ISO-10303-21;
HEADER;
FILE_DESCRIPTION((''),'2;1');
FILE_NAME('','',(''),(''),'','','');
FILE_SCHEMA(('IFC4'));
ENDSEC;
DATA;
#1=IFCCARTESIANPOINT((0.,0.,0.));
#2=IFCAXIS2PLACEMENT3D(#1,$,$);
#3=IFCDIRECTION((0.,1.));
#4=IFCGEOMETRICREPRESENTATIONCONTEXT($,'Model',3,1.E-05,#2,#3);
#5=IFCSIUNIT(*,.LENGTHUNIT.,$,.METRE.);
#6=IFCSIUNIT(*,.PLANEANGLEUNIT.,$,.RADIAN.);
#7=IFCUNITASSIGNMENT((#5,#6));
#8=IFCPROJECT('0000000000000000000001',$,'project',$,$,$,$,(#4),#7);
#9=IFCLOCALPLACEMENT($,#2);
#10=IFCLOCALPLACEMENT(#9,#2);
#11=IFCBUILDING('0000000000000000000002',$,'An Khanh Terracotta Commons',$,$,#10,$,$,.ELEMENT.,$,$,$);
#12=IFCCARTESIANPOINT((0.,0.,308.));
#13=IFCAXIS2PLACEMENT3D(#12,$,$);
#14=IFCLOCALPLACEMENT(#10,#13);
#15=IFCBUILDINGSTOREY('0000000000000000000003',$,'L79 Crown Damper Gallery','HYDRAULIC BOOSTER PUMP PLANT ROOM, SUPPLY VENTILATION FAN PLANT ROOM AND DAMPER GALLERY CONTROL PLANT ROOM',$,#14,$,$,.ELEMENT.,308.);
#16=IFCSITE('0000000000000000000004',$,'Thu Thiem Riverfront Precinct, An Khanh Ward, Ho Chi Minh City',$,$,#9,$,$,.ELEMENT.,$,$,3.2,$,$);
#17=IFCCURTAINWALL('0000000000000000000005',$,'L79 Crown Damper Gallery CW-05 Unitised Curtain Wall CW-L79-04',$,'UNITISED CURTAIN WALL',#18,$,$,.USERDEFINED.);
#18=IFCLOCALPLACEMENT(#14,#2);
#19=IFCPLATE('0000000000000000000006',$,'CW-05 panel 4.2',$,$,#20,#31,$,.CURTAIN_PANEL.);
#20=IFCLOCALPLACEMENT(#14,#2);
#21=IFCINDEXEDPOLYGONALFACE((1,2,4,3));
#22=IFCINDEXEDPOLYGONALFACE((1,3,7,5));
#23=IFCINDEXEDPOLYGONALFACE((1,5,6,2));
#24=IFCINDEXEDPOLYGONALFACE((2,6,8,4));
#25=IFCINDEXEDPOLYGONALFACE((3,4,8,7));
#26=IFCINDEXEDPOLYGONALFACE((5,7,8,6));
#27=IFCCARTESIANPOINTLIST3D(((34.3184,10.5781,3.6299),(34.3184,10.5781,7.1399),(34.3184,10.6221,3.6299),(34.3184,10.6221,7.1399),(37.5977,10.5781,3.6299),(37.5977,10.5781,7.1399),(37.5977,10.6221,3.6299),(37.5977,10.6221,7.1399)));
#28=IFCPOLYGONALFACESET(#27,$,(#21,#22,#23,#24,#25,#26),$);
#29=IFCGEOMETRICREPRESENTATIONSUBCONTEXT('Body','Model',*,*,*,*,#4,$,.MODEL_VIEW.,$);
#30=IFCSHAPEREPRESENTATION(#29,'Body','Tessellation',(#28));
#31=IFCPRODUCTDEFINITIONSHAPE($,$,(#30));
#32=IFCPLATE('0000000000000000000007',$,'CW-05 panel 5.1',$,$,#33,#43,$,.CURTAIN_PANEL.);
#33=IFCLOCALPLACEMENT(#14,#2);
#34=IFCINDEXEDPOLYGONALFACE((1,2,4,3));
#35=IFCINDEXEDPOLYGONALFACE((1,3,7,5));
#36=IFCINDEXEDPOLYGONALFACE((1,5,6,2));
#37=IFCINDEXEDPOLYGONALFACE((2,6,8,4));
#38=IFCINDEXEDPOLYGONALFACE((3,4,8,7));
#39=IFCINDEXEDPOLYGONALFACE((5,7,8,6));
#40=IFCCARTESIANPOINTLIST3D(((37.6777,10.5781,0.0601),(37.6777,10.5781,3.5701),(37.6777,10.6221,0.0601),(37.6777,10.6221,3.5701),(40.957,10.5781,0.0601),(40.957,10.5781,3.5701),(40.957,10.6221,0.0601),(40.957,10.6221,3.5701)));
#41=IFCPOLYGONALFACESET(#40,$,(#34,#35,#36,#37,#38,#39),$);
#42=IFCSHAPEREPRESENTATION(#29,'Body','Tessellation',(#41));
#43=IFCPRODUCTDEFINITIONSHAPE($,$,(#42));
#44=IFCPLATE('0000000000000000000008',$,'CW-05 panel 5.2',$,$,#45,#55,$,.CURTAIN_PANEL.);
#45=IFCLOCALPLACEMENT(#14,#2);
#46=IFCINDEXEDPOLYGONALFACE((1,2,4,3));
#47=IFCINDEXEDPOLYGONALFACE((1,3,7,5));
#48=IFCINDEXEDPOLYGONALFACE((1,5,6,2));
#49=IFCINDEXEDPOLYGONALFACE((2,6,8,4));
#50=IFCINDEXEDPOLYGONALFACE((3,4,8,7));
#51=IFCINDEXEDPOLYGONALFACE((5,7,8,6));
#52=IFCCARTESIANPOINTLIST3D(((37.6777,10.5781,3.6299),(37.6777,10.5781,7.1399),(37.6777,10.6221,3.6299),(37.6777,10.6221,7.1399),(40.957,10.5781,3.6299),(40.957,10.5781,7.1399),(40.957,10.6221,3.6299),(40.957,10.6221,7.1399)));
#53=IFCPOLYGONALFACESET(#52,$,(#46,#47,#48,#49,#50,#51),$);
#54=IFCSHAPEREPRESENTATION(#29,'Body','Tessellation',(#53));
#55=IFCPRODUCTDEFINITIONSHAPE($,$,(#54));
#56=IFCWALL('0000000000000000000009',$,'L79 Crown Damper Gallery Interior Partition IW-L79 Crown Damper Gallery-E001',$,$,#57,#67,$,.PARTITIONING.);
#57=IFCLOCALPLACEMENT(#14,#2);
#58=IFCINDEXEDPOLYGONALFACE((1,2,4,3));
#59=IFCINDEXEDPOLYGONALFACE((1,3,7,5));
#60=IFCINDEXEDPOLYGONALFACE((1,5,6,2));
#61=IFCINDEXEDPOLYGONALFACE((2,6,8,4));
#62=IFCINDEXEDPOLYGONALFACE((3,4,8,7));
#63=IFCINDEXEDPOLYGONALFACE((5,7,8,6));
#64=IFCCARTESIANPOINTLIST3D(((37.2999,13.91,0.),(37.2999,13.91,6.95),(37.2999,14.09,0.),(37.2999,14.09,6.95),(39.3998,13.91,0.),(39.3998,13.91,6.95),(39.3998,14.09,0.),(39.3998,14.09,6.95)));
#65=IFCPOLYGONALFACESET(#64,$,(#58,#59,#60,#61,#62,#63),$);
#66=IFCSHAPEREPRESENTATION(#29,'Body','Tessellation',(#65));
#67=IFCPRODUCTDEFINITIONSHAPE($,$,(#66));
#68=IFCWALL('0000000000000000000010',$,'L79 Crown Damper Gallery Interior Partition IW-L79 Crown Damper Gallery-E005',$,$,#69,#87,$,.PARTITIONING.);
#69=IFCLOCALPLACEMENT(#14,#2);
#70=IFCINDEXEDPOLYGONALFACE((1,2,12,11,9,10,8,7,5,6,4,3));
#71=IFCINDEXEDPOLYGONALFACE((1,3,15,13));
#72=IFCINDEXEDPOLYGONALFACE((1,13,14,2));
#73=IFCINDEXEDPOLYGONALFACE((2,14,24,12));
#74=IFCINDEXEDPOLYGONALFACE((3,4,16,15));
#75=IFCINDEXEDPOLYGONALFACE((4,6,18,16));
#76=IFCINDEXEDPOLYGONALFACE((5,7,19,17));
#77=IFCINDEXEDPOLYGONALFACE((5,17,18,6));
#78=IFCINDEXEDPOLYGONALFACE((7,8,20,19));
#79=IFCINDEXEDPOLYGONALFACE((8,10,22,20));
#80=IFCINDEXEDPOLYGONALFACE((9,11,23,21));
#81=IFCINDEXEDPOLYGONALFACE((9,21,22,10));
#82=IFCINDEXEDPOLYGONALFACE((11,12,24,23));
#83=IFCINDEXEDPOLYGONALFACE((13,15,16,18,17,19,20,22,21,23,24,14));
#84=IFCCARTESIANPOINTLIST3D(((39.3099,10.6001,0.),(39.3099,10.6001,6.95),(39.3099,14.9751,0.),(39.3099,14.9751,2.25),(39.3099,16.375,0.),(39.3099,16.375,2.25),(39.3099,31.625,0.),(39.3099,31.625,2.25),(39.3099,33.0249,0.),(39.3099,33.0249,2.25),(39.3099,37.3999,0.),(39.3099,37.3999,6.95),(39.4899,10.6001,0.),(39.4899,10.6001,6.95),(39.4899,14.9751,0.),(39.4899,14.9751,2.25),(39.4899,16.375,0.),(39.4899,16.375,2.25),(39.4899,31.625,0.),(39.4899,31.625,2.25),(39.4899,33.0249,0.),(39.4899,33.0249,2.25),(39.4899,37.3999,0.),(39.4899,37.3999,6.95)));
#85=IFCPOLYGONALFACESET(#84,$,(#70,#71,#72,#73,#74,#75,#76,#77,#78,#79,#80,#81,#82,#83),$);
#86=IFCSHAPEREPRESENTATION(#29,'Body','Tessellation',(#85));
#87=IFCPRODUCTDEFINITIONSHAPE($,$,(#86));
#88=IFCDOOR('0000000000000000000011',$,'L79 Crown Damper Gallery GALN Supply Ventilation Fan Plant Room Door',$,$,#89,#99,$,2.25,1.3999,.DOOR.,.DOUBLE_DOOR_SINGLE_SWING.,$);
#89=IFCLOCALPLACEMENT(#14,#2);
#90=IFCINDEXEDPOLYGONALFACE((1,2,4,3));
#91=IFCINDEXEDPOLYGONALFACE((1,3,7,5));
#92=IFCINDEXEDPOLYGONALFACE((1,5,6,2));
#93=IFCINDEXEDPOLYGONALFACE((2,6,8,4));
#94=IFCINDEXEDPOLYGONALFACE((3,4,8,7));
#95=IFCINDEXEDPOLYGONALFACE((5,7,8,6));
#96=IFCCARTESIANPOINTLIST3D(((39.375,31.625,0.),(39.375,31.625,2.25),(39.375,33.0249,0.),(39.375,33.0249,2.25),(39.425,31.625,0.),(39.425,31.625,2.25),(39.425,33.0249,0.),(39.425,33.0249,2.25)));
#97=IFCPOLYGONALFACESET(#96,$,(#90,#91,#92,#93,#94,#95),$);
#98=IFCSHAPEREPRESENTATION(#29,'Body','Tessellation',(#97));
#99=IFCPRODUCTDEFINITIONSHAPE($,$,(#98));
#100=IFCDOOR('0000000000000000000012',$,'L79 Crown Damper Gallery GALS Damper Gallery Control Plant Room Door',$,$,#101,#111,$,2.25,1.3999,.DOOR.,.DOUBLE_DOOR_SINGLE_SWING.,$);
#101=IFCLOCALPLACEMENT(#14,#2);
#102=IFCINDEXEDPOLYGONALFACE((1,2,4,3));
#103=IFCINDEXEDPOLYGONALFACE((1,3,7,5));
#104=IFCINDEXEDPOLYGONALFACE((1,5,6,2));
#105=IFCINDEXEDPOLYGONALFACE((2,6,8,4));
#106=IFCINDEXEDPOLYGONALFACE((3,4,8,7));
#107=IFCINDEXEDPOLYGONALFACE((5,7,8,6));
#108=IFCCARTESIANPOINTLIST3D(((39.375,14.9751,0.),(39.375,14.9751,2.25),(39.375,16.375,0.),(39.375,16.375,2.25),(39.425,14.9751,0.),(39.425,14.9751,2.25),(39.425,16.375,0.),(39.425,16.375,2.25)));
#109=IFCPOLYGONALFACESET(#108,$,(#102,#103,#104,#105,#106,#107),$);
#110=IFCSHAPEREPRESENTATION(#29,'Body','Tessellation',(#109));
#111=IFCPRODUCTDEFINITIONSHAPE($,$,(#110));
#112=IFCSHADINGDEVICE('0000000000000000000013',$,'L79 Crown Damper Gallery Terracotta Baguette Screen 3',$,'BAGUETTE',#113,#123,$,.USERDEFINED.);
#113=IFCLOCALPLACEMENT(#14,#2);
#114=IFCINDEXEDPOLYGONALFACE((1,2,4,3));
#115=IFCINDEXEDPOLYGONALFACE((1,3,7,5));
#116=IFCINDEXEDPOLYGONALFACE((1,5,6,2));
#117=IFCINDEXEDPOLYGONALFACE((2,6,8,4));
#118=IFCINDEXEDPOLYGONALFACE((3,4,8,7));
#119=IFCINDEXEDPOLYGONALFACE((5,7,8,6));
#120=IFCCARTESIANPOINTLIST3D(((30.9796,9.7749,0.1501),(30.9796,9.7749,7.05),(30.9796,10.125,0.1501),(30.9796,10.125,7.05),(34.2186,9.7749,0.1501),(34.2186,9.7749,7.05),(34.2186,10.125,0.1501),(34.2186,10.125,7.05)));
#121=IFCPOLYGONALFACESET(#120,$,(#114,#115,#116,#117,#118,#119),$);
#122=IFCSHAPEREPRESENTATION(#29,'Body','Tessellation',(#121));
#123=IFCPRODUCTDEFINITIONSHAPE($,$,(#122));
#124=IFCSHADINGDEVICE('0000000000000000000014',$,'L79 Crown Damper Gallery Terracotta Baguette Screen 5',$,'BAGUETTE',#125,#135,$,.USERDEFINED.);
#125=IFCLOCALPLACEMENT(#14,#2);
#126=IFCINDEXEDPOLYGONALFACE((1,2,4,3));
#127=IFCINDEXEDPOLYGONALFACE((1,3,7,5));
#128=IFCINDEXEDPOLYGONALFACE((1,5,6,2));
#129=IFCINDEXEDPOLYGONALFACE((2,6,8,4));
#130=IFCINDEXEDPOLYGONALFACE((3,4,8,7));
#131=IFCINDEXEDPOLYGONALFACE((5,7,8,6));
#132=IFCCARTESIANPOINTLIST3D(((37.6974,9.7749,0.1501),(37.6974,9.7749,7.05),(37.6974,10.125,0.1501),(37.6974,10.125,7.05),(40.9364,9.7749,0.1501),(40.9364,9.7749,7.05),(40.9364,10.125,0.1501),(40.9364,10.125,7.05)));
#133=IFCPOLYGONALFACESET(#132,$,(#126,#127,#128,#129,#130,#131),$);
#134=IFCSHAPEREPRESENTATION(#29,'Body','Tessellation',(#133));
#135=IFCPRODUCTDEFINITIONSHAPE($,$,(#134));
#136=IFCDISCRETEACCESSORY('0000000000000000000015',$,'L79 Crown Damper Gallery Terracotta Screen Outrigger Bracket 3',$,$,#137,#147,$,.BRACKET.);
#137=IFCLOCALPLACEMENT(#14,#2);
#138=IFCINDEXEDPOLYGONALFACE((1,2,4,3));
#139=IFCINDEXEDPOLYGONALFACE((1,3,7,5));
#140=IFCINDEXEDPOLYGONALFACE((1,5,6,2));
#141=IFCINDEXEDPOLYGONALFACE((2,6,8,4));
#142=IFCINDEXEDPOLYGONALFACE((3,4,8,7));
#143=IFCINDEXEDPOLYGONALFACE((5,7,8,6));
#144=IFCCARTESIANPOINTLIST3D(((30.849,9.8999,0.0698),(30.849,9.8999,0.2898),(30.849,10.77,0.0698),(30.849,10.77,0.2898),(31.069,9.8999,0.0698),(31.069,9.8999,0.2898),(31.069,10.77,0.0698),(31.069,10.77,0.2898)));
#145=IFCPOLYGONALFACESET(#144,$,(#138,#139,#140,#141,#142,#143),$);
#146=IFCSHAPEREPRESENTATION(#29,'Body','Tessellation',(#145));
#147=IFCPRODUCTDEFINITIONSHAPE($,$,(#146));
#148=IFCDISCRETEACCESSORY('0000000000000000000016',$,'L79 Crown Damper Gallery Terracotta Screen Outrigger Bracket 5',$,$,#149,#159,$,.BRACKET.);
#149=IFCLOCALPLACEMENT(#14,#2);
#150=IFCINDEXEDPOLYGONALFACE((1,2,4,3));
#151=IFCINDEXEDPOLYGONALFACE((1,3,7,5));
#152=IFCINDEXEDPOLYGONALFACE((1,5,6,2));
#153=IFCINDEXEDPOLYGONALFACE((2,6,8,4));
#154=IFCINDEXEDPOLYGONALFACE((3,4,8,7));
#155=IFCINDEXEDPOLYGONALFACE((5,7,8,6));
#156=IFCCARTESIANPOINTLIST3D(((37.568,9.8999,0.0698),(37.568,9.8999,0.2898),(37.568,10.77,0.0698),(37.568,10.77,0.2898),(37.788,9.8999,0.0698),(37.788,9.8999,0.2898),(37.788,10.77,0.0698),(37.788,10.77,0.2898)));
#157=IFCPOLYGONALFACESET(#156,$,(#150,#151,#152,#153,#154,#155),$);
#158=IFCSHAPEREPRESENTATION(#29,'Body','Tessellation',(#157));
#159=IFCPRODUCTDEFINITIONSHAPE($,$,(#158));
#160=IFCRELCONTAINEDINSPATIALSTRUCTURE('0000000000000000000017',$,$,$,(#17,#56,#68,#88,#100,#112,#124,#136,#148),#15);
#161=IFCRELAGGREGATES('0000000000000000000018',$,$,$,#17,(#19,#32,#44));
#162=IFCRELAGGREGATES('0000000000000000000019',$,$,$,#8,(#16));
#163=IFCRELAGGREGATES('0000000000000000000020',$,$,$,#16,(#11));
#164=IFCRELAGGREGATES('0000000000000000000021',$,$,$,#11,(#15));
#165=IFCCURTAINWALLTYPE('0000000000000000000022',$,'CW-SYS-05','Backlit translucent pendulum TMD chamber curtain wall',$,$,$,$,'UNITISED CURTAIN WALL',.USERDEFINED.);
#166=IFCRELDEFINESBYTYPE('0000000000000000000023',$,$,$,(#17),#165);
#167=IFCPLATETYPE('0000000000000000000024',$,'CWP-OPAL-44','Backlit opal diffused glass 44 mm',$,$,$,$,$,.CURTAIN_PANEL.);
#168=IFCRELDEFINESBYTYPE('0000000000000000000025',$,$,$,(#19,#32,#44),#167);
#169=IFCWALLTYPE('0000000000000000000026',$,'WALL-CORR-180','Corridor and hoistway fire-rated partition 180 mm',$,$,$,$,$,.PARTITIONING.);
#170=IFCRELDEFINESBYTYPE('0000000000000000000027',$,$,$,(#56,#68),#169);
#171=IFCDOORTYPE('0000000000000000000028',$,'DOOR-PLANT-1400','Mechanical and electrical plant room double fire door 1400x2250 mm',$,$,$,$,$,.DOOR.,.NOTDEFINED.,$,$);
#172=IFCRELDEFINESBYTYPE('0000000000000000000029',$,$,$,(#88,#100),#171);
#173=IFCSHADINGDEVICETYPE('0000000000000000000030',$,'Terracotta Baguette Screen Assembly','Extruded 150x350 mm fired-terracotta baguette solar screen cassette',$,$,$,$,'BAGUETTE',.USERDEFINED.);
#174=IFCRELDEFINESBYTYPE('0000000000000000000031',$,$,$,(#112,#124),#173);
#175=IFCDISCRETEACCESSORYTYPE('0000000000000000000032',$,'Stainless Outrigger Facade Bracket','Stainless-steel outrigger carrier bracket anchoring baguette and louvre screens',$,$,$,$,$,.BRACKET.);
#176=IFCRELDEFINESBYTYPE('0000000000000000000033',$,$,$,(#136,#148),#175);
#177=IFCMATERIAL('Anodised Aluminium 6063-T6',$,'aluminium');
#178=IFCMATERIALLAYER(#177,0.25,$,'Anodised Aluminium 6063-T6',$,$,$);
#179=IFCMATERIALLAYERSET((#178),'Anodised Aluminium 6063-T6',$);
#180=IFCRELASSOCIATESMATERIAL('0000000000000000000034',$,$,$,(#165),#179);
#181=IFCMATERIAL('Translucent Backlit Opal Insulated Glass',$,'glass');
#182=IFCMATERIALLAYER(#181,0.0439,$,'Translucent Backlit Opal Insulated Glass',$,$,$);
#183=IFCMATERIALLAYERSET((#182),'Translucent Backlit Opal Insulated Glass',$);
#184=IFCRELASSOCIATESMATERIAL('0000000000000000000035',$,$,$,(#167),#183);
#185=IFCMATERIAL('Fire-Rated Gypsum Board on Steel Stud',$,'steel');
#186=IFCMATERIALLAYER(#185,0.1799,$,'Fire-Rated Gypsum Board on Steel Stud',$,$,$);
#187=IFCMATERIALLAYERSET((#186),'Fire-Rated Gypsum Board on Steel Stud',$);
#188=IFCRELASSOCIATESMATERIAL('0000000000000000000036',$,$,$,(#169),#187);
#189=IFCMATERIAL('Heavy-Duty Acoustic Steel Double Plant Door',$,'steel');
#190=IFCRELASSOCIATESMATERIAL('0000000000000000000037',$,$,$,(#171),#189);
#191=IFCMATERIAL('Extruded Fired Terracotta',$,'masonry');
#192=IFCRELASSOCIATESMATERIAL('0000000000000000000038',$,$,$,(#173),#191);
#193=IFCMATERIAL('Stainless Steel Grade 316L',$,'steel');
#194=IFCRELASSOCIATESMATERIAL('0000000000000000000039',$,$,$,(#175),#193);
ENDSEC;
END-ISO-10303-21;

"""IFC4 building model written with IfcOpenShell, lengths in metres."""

from ifc_helpers import new_model, si_unit, direction, frame, frame_2d, origin, origin_2d, place, context, subcontext, project, spatial, rectangle, extrude, material, layer, layer_set, type_object, element, fill, aggregate, save


model = new_model("IFC4")

# Units and contexts
model_context = context("Model", 3, precision=1e-05, world=origin(), true_north=direction((0.0, 1.0)))
body_context = subcontext(model_context, "Body", "Model", "MODEL_VIEW")
ifc_project = project(units=[si_unit("LENGTHUNIT", "METRE"), si_unit("PLANEANGLEUNIT", "RADIAN")], contexts=[model_context])

# Site, building, storey
site_placement = place(None, origin())
site = spatial("IfcSite", under=ifc_project, at=site_placement, Name="Thu Thiem Riverfront Precinct, An Khanh Ward, Ho Chi Minh City", CompositionType="ELEMENT", RefElevation=3.2)
building_placement = place(site_placement, origin())
building = spatial("IfcBuilding", under=site, at=building_placement, Name="An Khanh Terracotta Commons", CompositionType="ELEMENT")
storey_placement = place(building_placement, frame((0.0, 0.0, 308.0)))
storey = spatial("IfcBuildingStorey", under=building, at=storey_placement, Name="L79 Crown Damper Gallery", Description="HYDRAULIC BOOSTER PUMP PLANT ROOM, SUPPLY VENTILATION FAN PLANT ROOM AND DAMPER GALLERY CONTROL PLANT ROOM", CompositionType="ELEMENT", Elevation=308.0)

# Curtain wall, plates
ifc_material_1 = material(Name="Anodised Aluminium 6063-T6", Category="aluminium")
ifc_layer_1 = layer(ifc_material_1, 0.25, Name="Anodised Aluminium 6063-T6")
ifc_layer_set_1 = layer_set([ifc_layer_1], Name="Anodised Aluminium 6063-T6")
curtain_wall_type = type_object("IfcCurtainWallType", Name="CW-SYS-05", Description="Backlit translucent pendulum TMD chamber curtain wall", ElementType="UNITISED CURTAIN WALL", PredefinedType="USERDEFINED", material=ifc_layer_set_1)
curtain_wall_placement = place(storey_placement, origin())
curtain_wall = element("IfcCurtainWall", 1, at=curtain_wall_placement, inside=storey, type_object=curtain_wall_type, Name="L79 Crown Damper Gallery CW-05 Unitised Curtain Wall CW-L79-04", ObjectType="UNITISED CURTAIN WALL", PredefinedType="USERDEFINED")
ifc_material_2 = material(Name="Translucent Backlit Opal Insulated Glass", Category="glass")
ifc_layer_2 = layer(ifc_material_2, 0.0439, Name="Translucent Backlit Opal Insulated Glass")
ifc_layer_set_2 = layer_set([ifc_layer_2], Name="Translucent Backlit Opal Insulated Glass")
plate_type = type_object("IfcPlateType", Name="CWP-OPAL-44", Description="Backlit opal diffused glass 44 mm", PredefinedType="CURTAIN_PANEL", material=ifc_layer_set_2)
plate_1_placement = place(storey_placement, frame((35.958, 10.6001, 3.6299), z_axis=(0.0, 0.0, 1.0), x_axis=(1.0, 0.0, 0.0)))
plate_1 = element("IfcPlate", 2, at=plate_1_placement, type_object=plate_type, Name="CW-05 panel 4.2", PredefinedType="CURTAIN_PANEL", context=body_context, shape_type="SweptSolid", body=[
    extrude(rectangle(XDim=3.2793, YDim=0.0439, at=origin_2d()), origin(), (0.0, 0.0, 1.0), 3.51),
])
plate_2_placement = place(storey_placement, frame((39.3174, 10.6001, 0.0601), z_axis=(0.0, 0.0, 1.0), x_axis=(1.0, 0.0, 0.0)))
plate_2 = element("IfcPlate", 3, at=plate_2_placement, type_object=plate_type, Name="CW-05 panel 5.1", PredefinedType="CURTAIN_PANEL", context=body_context, shape_type="SweptSolid", body=[
    extrude(rectangle(XDim=3.2793, YDim=0.0439, at=origin_2d()), origin(), (0.0, 0.0, 1.0), 3.51),
])
plate_3_placement = place(storey_placement, frame((39.3174, 10.6001, 3.6299), z_axis=(0.0, 0.0, 1.0), x_axis=(1.0, 0.0, 0.0)))
plate_3 = element("IfcPlate", 4, at=plate_3_placement, type_object=plate_type, Name="CW-05 panel 5.2", PredefinedType="CURTAIN_PANEL", context=body_context, shape_type="SweptSolid", body=[
    extrude(rectangle(XDim=3.2793, YDim=0.0439, at=origin_2d()), origin(), (0.0, 0.0, 1.0), 3.51),
])
aggregate(curtain_wall, [plate_1, plate_2, plate_3])

# Wall
ifc_material_3 = material(Name="Fire-Rated Gypsum Board on Steel Stud", Category="steel")
ifc_layer_3 = layer(ifc_material_3, 0.1799, Name="Fire-Rated Gypsum Board on Steel Stud")
ifc_layer_set_3 = layer_set([ifc_layer_3], Name="Fire-Rated Gypsum Board on Steel Stud")
wall_type = type_object("IfcWallType", Name="WALL-CORR-180", Description="Corridor and hoistway fire-rated partition 180 mm", PredefinedType="PARTITIONING", material=ifc_layer_set_3)
wall_1_placement = place(storey_placement, frame((37.3, 14.0, 0.0), z_axis=(0.0, 0.0, 1.0), x_axis=(1.0, 0.0, 0.0)))
element("IfcWall", 5, at=wall_1_placement, inside=storey, type_object=wall_type, Name="L79 Crown Damper Gallery Interior Partition IW-L79 Crown Damper Gallery-E001", PredefinedType="PARTITIONING", context=body_context, shape_type="SweptSolid", body=[
    extrude(rectangle(XDim=2.0999, YDim=0.1799, at=frame_2d((1.0498, 0.0))), origin(), (0.0, 0.0, 1.0), 6.95),
])

# Wall, openings, doors
wall_2_placement = place(storey_placement, frame((39.3999, 10.6001, 0.0), z_axis=(0.0, 0.0, 1.0), x_axis=(0.0, 1.0, 0.0)))
wall_2 = element("IfcWall", 6, at=wall_2_placement, inside=storey, type_object=wall_type, Name="L79 Crown Damper Gallery Interior Partition IW-L79 Crown Damper Gallery-E005", PredefinedType="PARTITIONING", context=body_context, shape_type="SweptSolid", body=[
    extrude(rectangle(XDim=26.7998, YDim=0.1799, at=frame_2d((13.3999, 0.0))), origin(), (0.0, 0.0, 1.0), 6.95),
])
opening_1_placement = place(wall_2_placement, frame((21.0249, 0.0, 0.0)))
opening_1 = element("IfcOpeningElement", 7, at=opening_1_placement, cuts=wall_2, PredefinedType="OPENING", context=body_context, shape_type="SweptSolid", body=[
    extrude(rectangle(XDim=1.3999, YDim=2.25, at=frame_2d((0.7, 1.125))), frame((0.0, 0.0999, 0.0), z_axis=(0.0, -1.0, 0.0), x_axis=(1.0, 0.0, 0.0)), (0.0, 0.0, 1.0), 0.2),
])
opening_2_placement = place(wall_2_placement, frame((4.375, 0.0, 0.0)))
opening_2 = element("IfcOpeningElement", 8, at=opening_2_placement, cuts=wall_2, PredefinedType="OPENING", context=body_context, shape_type="SweptSolid", body=[
    extrude(rectangle(XDim=1.3999, YDim=2.25, at=frame_2d((0.7, 1.125))), frame((0.0, 0.0999, 0.0), z_axis=(0.0, -1.0, 0.0), x_axis=(1.0, 0.0, 0.0)), (0.0, 0.0, 1.0), 0.2),
])
ifc_material_4 = material(Name="Heavy-Duty Acoustic Steel Double Plant Door", Category="steel")
door_type = type_object("IfcDoorType", Name="DOOR-PLANT-1400", Description="Mechanical and electrical plant room double fire door 1400x2250 mm", OperationType="NOTDEFINED", PredefinedType="DOOR", material=ifc_material_4)
door_1_placement = place(opening_1_placement, origin())
door_1 = element("IfcDoor", 9, at=door_1_placement, inside=storey, type_object=door_type, Name="L79 Crown Damper Gallery GALN Supply Ventilation Fan Plant Room Door", OperationType="DOUBLE_DOOR_SINGLE_SWING", OverallHeight=2.25, OverallWidth=1.3999, PredefinedType="DOOR", context=body_context, shape_type="SweptSolid", body=[
    extrude(rectangle(XDim=1.3999, YDim=2.25, at=frame_2d((0.7, 1.125))), frame((0.0, 0.0249, 0.0), z_axis=(0.0, -1.0, 0.0), x_axis=(1.0, 0.0, 0.0)), (0.0, 0.0, 1.0), 0.05),
])
fill(opening_1, door_1)
door_2_placement = place(opening_2_placement, origin())
door_2 = element("IfcDoor", 10, at=door_2_placement, inside=storey, type_object=door_type, Name="L79 Crown Damper Gallery GALS Damper Gallery Control Plant Room Door", OperationType="DOUBLE_DOOR_SINGLE_SWING", OverallHeight=2.25, OverallWidth=1.3999, PredefinedType="DOOR", context=body_context, shape_type="SweptSolid", body=[
    extrude(rectangle(XDim=1.3999, YDim=2.25, at=frame_2d((0.7, 1.125))), frame((0.0, 0.0249, 0.0), z_axis=(0.0, -1.0, 0.0), x_axis=(1.0, 0.0, 0.0)), (0.0, 0.0, 1.0), 0.05),
])
fill(opening_2, door_2)

# Shading devices
ifc_material_5 = material(Name="Extruded Fired Terracotta", Category="masonry")
shading_device_type = type_object("IfcShadingDeviceType", Name="Terracotta Baguette Screen Assembly", Description="Extruded 150x350 mm fired-terracotta baguette solar screen cassette", ElementType="BAGUETTE", PredefinedType="USERDEFINED", material=ifc_material_5)
for number, where, z_axis, x_axis, name in (
    (11, (32.5991, 9.95, 0.1501), (0.0, 0.0, 1.0), (1.0, 0.0, 0.0), "L79 Crown Damper Gallery Terracotta Baguette Screen 3"),
    (12, (39.3169, 9.95, 0.1501), (0.0, 0.0, 1.0), (1.0, 0.0, 0.0), "L79 Crown Damper Gallery Terracotta Baguette Screen 5"),
):
    element("IfcShadingDevice", number, at=place(storey_placement, frame(where, z_axis=z_axis, x_axis=x_axis)), inside=storey, type_object=shading_device_type, Name=name, ObjectType="BAGUETTE", PredefinedType="USERDEFINED", context=body_context, shape_type="SweptSolid", body=[
        extrude(rectangle(XDim=3.239, YDim=0.3501, at=origin_2d()), origin(), (0.0, 0.0, 1.0), 6.8999),
    ])

# Discrete accessories
ifc_material_6 = material(Name="Stainless Steel Grade 316L", Category="steel")
discrete_accessory_type = type_object("IfcDiscreteAccessoryType", Name="Stainless Outrigger Facade Bracket", Description="Stainless-steel outrigger carrier bracket anchoring baguette and louvre screens", PredefinedType="BRACKET", material=ifc_material_6)
for number, where, z_axis, x_axis, name in (
    (13, (30.959, 10.335, 0.0698), (0.0, 0.0, 1.0), (1.0, 0.0, 0.0), "L79 Crown Damper Gallery Terracotta Screen Outrigger Bracket 3"),
    (14, (37.678, 10.335, 0.0698), (0.0, 0.0, 1.0), (1.0, 0.0, 0.0), "L79 Crown Damper Gallery Terracotta Screen Outrigger Bracket 5"),
):
    element("IfcDiscreteAccessory", number, at=place(storey_placement, frame(where, z_axis=z_axis, x_axis=x_axis)), inside=storey, type_object=discrete_accessory_type, Name=name, PredefinedType="BRACKET", context=body_context, shape_type="SweptSolid", body=[
        extrude(rectangle(XDim=0.22, YDim=0.8701, at=origin_2d()), origin(), (0.0, 0.0, 1.0), 0.22),
    ])

save(model, "model.ifc")
